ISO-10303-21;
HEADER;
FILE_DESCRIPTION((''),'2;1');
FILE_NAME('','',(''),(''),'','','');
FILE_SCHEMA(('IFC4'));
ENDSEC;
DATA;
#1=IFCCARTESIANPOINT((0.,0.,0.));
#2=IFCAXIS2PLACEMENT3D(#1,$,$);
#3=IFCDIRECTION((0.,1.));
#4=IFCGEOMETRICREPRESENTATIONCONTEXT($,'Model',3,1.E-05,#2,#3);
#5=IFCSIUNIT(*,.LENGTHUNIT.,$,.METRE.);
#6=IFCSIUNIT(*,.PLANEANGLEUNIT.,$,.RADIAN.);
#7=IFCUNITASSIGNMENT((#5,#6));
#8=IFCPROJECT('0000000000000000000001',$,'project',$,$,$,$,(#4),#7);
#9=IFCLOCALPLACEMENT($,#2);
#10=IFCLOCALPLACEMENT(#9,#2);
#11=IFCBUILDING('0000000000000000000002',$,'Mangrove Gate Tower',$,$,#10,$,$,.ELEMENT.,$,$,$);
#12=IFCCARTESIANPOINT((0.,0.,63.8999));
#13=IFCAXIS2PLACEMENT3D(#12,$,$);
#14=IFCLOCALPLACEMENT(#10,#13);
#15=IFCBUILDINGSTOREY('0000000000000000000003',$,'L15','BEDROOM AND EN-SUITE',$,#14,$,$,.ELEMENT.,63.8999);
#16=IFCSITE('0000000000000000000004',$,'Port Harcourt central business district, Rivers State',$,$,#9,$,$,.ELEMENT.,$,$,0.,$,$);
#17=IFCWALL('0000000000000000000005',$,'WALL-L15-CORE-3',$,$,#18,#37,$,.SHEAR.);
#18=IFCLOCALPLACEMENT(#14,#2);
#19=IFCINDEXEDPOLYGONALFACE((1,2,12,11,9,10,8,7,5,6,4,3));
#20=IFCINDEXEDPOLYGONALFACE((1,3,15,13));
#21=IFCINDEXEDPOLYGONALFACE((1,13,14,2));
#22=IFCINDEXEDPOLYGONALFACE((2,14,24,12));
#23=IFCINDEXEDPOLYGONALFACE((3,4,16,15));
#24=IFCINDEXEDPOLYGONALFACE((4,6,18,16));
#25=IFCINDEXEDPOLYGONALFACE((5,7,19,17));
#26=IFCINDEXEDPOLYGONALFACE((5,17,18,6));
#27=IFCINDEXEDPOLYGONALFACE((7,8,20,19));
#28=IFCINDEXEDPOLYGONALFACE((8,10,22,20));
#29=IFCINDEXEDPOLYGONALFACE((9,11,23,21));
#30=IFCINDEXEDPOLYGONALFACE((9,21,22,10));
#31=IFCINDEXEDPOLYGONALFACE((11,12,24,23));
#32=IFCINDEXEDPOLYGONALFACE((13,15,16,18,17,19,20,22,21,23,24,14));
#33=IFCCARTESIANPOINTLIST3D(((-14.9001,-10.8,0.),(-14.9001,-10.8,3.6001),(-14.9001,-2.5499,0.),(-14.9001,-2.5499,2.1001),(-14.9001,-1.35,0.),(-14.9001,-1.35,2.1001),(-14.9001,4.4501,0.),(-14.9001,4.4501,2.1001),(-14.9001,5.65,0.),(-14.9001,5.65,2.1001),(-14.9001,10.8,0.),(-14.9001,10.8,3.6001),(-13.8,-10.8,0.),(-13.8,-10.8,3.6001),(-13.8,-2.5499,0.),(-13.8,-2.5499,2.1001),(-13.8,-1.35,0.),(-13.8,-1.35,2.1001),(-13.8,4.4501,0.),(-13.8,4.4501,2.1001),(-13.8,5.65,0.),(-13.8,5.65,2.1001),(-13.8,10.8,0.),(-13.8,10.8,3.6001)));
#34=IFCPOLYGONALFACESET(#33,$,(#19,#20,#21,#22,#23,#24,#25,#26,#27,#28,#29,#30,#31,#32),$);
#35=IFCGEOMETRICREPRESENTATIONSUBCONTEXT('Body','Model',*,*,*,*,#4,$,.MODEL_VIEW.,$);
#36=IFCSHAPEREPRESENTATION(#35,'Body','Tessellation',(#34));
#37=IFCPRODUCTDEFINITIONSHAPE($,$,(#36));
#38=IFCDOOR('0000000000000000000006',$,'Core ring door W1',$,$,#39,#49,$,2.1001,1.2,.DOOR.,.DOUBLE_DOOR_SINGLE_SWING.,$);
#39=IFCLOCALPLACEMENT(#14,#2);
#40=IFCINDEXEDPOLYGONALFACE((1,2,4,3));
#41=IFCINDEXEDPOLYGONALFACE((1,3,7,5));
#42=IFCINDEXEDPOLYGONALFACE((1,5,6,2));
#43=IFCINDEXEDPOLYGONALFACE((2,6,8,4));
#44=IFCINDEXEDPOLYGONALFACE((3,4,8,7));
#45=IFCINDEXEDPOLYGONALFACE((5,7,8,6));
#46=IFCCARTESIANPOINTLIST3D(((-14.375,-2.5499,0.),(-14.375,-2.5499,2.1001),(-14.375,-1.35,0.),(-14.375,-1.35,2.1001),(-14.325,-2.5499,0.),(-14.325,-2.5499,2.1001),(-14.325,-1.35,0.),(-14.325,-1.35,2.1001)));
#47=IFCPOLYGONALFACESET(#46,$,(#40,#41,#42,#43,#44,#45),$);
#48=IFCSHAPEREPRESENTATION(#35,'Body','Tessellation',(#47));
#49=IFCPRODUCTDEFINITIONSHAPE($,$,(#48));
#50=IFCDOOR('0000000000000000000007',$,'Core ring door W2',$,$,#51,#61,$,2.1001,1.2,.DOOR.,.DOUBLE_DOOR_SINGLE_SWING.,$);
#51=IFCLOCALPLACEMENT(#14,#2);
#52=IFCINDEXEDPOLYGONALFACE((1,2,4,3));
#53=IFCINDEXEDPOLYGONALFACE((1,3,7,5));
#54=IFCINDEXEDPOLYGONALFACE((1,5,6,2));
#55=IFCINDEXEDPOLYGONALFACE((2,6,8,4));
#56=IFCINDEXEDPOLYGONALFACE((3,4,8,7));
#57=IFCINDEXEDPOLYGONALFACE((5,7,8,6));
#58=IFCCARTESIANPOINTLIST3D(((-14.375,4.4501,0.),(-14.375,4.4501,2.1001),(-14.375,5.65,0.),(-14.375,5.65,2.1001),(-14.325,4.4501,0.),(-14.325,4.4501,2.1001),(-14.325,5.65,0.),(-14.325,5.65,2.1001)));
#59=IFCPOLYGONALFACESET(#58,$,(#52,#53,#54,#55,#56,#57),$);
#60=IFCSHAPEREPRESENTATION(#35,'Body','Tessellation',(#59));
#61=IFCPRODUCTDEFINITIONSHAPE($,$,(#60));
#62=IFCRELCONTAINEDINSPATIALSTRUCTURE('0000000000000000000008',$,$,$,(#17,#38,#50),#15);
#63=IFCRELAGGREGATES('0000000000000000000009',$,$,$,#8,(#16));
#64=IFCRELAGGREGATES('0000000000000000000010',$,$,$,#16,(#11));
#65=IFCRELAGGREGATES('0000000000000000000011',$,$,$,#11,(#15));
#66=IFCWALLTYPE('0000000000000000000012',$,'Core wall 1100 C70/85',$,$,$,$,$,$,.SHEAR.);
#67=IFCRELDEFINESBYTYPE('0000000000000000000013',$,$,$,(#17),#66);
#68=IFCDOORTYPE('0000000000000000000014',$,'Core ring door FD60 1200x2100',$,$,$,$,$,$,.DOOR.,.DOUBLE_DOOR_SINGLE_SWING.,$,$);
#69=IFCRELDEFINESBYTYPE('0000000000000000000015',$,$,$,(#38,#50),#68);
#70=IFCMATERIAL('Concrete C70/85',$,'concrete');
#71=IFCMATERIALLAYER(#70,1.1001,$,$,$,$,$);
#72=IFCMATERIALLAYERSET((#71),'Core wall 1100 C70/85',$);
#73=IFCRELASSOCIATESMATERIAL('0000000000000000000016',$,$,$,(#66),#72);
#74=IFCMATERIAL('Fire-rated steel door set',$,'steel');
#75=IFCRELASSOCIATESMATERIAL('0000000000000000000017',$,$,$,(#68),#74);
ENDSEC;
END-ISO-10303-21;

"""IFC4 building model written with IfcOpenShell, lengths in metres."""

from ifc_helpers import new_model, si_unit, direction, frame, frame_2d, origin, place, context, subcontext, project, spatial, rectangle, extrude, material, layer, layer_set, type_object, element, fill, save


model = new_model("IFC4")

# Units and contexts
model_context = context("Model", 3, precision=1e-05, world=origin(), true_north=direction((0.0, 1.0)))
body_context = subcontext(model_context, "Body", "Model", "MODEL_VIEW")
ifc_project = project(units=[si_unit("LENGTHUNIT", "METRE"), si_unit("PLANEANGLEUNIT", "RADIAN")], contexts=[model_context])

# Site, building, storey
site_placement = place(None, origin())
site = spatial("IfcSite", under=ifc_project, at=site_placement, Name="Port Harcourt central business district, Rivers State", CompositionType="ELEMENT", RefElevation=0.0)
building_placement = place(site_placement, origin())
building = spatial("IfcBuilding", under=site, at=building_placement, Name="Mangrove Gate Tower", CompositionType="ELEMENT")
storey_placement = place(building_placement, frame((0.0, 0.0, 63.8999)))
storey = spatial("IfcBuildingStorey", under=building, at=storey_placement, Name="L15", Description="BEDROOM AND EN-SUITE", CompositionType="ELEMENT", Elevation=63.8999)

# Shared definitions
ifc_material_1 = material(Name="Concrete C70/85", Category="concrete")
ifc_layer_1 = layer(ifc_material_1, 1.1001)
ifc_layer_set_1 = layer_set([ifc_layer_1], Name="Core wall 1100 C70/85")
wall_type_1 = type_object("IfcWallType", Name="Core wall 1100 C70/85", PredefinedType="SHEAR", material=ifc_layer_set_1)

# Wall, openings, doors
wall_1_placement = place(storey_placement, frame((-14.3501, -10.8, 0.0), z_axis=(0.0, 0.0, 1.0), x_axis=(0.0, 1.0, 0.0)))
wall_1 = element("IfcWall", 1, at=wall_1_placement, inside=storey, type_object=wall_type_1, Name="WALL-L15-CORE-3", PredefinedType="SHEAR", context=body_context, shape_type="SweptSolid", body=[
    extrude(rectangle(XDim=21.6001, YDim=1.1001, at=frame_2d((10.8, 0.0))), origin(), (0.0, 0.0, 1.0), 3.6001),
])
opening_1_placement = place(wall_1_placement, frame((8.25, 0.0, 0.0)))
opening_1 = element("IfcOpeningElement", 2, at=opening_1_placement, cuts=wall_1, PredefinedType="OPENING", context=body_context, shape_type="SweptSolid", body=[
    extrude(rectangle(XDim=1.2, YDim=2.1001, at=frame_2d((0.6001, 1.05))), frame((0.0, 0.5601, 0.0), z_axis=(0.0, -1.0, 0.0), x_axis=(1.0, 0.0, 0.0)), (0.0, 0.0, 1.0), 1.1201),
])
opening_2_placement = place(wall_1_placement, frame((15.25, 0.0, 0.0)))
opening_2 = element("IfcOpeningElement", 3, at=opening_2_placement, cuts=wall_1, PredefinedType="OPENING", context=body_context, shape_type="SweptSolid", body=[
    extrude(rectangle(XDim=1.2, YDim=2.1001, at=frame_2d((0.6001, 1.05))), frame((0.0, 0.5601, 0.0), z_axis=(0.0, -1.0, 0.0), x_axis=(1.0, 0.0, 0.0)), (0.0, 0.0, 1.0), 1.1201),
])
ifc_material_2 = material(Name="Fire-rated steel door set", Category="steel")
door_type_1 = type_object("IfcDoorType", Name="Core ring door FD60 1200x2100", OperationType="DOUBLE_DOOR_SINGLE_SWING", PredefinedType="DOOR", material=ifc_material_2)
door_1_placement = place(opening_1_placement, origin())
door_1 = element("IfcDoor", 4, at=door_1_placement, inside=storey, type_object=door_type_1, Name="Core ring door W1", OperationType="DOUBLE_DOOR_SINGLE_SWING", OverallHeight=2.1001, OverallWidth=1.2, PredefinedType="DOOR", context=body_context, shape_type="SweptSolid", body=[
    extrude(rectangle(XDim=1.2, YDim=2.1001, at=frame_2d((0.6001, 1.05))), frame((0.0, 0.0249, 0.0), z_axis=(0.0, -1.0, 0.0), x_axis=(1.0, 0.0, 0.0)), (0.0, 0.0, 1.0), 0.05),
])
fill(opening_1, door_1)
door_2_placement = place(opening_2_placement, origin())
door_2 = element("IfcDoor", 5, at=door_2_placement, inside=storey, type_object=door_type_1, Name="Core ring door W2", OperationType="DOUBLE_DOOR_SINGLE_SWING", OverallHeight=2.1001, OverallWidth=1.2, PredefinedType="DOOR", context=body_context, shape_type="SweptSolid", body=[
    extrude(rectangle(XDim=1.2, YDim=2.1001, at=frame_2d((0.6001, 1.05))), frame((0.0, 0.0249, 0.0), z_axis=(0.0, -1.0, 0.0), x_axis=(1.0, 0.0, 0.0)), (0.0, 0.0, 1.0), 0.05),
])
fill(opening_2, door_2)

save(model, "model.ifc")
